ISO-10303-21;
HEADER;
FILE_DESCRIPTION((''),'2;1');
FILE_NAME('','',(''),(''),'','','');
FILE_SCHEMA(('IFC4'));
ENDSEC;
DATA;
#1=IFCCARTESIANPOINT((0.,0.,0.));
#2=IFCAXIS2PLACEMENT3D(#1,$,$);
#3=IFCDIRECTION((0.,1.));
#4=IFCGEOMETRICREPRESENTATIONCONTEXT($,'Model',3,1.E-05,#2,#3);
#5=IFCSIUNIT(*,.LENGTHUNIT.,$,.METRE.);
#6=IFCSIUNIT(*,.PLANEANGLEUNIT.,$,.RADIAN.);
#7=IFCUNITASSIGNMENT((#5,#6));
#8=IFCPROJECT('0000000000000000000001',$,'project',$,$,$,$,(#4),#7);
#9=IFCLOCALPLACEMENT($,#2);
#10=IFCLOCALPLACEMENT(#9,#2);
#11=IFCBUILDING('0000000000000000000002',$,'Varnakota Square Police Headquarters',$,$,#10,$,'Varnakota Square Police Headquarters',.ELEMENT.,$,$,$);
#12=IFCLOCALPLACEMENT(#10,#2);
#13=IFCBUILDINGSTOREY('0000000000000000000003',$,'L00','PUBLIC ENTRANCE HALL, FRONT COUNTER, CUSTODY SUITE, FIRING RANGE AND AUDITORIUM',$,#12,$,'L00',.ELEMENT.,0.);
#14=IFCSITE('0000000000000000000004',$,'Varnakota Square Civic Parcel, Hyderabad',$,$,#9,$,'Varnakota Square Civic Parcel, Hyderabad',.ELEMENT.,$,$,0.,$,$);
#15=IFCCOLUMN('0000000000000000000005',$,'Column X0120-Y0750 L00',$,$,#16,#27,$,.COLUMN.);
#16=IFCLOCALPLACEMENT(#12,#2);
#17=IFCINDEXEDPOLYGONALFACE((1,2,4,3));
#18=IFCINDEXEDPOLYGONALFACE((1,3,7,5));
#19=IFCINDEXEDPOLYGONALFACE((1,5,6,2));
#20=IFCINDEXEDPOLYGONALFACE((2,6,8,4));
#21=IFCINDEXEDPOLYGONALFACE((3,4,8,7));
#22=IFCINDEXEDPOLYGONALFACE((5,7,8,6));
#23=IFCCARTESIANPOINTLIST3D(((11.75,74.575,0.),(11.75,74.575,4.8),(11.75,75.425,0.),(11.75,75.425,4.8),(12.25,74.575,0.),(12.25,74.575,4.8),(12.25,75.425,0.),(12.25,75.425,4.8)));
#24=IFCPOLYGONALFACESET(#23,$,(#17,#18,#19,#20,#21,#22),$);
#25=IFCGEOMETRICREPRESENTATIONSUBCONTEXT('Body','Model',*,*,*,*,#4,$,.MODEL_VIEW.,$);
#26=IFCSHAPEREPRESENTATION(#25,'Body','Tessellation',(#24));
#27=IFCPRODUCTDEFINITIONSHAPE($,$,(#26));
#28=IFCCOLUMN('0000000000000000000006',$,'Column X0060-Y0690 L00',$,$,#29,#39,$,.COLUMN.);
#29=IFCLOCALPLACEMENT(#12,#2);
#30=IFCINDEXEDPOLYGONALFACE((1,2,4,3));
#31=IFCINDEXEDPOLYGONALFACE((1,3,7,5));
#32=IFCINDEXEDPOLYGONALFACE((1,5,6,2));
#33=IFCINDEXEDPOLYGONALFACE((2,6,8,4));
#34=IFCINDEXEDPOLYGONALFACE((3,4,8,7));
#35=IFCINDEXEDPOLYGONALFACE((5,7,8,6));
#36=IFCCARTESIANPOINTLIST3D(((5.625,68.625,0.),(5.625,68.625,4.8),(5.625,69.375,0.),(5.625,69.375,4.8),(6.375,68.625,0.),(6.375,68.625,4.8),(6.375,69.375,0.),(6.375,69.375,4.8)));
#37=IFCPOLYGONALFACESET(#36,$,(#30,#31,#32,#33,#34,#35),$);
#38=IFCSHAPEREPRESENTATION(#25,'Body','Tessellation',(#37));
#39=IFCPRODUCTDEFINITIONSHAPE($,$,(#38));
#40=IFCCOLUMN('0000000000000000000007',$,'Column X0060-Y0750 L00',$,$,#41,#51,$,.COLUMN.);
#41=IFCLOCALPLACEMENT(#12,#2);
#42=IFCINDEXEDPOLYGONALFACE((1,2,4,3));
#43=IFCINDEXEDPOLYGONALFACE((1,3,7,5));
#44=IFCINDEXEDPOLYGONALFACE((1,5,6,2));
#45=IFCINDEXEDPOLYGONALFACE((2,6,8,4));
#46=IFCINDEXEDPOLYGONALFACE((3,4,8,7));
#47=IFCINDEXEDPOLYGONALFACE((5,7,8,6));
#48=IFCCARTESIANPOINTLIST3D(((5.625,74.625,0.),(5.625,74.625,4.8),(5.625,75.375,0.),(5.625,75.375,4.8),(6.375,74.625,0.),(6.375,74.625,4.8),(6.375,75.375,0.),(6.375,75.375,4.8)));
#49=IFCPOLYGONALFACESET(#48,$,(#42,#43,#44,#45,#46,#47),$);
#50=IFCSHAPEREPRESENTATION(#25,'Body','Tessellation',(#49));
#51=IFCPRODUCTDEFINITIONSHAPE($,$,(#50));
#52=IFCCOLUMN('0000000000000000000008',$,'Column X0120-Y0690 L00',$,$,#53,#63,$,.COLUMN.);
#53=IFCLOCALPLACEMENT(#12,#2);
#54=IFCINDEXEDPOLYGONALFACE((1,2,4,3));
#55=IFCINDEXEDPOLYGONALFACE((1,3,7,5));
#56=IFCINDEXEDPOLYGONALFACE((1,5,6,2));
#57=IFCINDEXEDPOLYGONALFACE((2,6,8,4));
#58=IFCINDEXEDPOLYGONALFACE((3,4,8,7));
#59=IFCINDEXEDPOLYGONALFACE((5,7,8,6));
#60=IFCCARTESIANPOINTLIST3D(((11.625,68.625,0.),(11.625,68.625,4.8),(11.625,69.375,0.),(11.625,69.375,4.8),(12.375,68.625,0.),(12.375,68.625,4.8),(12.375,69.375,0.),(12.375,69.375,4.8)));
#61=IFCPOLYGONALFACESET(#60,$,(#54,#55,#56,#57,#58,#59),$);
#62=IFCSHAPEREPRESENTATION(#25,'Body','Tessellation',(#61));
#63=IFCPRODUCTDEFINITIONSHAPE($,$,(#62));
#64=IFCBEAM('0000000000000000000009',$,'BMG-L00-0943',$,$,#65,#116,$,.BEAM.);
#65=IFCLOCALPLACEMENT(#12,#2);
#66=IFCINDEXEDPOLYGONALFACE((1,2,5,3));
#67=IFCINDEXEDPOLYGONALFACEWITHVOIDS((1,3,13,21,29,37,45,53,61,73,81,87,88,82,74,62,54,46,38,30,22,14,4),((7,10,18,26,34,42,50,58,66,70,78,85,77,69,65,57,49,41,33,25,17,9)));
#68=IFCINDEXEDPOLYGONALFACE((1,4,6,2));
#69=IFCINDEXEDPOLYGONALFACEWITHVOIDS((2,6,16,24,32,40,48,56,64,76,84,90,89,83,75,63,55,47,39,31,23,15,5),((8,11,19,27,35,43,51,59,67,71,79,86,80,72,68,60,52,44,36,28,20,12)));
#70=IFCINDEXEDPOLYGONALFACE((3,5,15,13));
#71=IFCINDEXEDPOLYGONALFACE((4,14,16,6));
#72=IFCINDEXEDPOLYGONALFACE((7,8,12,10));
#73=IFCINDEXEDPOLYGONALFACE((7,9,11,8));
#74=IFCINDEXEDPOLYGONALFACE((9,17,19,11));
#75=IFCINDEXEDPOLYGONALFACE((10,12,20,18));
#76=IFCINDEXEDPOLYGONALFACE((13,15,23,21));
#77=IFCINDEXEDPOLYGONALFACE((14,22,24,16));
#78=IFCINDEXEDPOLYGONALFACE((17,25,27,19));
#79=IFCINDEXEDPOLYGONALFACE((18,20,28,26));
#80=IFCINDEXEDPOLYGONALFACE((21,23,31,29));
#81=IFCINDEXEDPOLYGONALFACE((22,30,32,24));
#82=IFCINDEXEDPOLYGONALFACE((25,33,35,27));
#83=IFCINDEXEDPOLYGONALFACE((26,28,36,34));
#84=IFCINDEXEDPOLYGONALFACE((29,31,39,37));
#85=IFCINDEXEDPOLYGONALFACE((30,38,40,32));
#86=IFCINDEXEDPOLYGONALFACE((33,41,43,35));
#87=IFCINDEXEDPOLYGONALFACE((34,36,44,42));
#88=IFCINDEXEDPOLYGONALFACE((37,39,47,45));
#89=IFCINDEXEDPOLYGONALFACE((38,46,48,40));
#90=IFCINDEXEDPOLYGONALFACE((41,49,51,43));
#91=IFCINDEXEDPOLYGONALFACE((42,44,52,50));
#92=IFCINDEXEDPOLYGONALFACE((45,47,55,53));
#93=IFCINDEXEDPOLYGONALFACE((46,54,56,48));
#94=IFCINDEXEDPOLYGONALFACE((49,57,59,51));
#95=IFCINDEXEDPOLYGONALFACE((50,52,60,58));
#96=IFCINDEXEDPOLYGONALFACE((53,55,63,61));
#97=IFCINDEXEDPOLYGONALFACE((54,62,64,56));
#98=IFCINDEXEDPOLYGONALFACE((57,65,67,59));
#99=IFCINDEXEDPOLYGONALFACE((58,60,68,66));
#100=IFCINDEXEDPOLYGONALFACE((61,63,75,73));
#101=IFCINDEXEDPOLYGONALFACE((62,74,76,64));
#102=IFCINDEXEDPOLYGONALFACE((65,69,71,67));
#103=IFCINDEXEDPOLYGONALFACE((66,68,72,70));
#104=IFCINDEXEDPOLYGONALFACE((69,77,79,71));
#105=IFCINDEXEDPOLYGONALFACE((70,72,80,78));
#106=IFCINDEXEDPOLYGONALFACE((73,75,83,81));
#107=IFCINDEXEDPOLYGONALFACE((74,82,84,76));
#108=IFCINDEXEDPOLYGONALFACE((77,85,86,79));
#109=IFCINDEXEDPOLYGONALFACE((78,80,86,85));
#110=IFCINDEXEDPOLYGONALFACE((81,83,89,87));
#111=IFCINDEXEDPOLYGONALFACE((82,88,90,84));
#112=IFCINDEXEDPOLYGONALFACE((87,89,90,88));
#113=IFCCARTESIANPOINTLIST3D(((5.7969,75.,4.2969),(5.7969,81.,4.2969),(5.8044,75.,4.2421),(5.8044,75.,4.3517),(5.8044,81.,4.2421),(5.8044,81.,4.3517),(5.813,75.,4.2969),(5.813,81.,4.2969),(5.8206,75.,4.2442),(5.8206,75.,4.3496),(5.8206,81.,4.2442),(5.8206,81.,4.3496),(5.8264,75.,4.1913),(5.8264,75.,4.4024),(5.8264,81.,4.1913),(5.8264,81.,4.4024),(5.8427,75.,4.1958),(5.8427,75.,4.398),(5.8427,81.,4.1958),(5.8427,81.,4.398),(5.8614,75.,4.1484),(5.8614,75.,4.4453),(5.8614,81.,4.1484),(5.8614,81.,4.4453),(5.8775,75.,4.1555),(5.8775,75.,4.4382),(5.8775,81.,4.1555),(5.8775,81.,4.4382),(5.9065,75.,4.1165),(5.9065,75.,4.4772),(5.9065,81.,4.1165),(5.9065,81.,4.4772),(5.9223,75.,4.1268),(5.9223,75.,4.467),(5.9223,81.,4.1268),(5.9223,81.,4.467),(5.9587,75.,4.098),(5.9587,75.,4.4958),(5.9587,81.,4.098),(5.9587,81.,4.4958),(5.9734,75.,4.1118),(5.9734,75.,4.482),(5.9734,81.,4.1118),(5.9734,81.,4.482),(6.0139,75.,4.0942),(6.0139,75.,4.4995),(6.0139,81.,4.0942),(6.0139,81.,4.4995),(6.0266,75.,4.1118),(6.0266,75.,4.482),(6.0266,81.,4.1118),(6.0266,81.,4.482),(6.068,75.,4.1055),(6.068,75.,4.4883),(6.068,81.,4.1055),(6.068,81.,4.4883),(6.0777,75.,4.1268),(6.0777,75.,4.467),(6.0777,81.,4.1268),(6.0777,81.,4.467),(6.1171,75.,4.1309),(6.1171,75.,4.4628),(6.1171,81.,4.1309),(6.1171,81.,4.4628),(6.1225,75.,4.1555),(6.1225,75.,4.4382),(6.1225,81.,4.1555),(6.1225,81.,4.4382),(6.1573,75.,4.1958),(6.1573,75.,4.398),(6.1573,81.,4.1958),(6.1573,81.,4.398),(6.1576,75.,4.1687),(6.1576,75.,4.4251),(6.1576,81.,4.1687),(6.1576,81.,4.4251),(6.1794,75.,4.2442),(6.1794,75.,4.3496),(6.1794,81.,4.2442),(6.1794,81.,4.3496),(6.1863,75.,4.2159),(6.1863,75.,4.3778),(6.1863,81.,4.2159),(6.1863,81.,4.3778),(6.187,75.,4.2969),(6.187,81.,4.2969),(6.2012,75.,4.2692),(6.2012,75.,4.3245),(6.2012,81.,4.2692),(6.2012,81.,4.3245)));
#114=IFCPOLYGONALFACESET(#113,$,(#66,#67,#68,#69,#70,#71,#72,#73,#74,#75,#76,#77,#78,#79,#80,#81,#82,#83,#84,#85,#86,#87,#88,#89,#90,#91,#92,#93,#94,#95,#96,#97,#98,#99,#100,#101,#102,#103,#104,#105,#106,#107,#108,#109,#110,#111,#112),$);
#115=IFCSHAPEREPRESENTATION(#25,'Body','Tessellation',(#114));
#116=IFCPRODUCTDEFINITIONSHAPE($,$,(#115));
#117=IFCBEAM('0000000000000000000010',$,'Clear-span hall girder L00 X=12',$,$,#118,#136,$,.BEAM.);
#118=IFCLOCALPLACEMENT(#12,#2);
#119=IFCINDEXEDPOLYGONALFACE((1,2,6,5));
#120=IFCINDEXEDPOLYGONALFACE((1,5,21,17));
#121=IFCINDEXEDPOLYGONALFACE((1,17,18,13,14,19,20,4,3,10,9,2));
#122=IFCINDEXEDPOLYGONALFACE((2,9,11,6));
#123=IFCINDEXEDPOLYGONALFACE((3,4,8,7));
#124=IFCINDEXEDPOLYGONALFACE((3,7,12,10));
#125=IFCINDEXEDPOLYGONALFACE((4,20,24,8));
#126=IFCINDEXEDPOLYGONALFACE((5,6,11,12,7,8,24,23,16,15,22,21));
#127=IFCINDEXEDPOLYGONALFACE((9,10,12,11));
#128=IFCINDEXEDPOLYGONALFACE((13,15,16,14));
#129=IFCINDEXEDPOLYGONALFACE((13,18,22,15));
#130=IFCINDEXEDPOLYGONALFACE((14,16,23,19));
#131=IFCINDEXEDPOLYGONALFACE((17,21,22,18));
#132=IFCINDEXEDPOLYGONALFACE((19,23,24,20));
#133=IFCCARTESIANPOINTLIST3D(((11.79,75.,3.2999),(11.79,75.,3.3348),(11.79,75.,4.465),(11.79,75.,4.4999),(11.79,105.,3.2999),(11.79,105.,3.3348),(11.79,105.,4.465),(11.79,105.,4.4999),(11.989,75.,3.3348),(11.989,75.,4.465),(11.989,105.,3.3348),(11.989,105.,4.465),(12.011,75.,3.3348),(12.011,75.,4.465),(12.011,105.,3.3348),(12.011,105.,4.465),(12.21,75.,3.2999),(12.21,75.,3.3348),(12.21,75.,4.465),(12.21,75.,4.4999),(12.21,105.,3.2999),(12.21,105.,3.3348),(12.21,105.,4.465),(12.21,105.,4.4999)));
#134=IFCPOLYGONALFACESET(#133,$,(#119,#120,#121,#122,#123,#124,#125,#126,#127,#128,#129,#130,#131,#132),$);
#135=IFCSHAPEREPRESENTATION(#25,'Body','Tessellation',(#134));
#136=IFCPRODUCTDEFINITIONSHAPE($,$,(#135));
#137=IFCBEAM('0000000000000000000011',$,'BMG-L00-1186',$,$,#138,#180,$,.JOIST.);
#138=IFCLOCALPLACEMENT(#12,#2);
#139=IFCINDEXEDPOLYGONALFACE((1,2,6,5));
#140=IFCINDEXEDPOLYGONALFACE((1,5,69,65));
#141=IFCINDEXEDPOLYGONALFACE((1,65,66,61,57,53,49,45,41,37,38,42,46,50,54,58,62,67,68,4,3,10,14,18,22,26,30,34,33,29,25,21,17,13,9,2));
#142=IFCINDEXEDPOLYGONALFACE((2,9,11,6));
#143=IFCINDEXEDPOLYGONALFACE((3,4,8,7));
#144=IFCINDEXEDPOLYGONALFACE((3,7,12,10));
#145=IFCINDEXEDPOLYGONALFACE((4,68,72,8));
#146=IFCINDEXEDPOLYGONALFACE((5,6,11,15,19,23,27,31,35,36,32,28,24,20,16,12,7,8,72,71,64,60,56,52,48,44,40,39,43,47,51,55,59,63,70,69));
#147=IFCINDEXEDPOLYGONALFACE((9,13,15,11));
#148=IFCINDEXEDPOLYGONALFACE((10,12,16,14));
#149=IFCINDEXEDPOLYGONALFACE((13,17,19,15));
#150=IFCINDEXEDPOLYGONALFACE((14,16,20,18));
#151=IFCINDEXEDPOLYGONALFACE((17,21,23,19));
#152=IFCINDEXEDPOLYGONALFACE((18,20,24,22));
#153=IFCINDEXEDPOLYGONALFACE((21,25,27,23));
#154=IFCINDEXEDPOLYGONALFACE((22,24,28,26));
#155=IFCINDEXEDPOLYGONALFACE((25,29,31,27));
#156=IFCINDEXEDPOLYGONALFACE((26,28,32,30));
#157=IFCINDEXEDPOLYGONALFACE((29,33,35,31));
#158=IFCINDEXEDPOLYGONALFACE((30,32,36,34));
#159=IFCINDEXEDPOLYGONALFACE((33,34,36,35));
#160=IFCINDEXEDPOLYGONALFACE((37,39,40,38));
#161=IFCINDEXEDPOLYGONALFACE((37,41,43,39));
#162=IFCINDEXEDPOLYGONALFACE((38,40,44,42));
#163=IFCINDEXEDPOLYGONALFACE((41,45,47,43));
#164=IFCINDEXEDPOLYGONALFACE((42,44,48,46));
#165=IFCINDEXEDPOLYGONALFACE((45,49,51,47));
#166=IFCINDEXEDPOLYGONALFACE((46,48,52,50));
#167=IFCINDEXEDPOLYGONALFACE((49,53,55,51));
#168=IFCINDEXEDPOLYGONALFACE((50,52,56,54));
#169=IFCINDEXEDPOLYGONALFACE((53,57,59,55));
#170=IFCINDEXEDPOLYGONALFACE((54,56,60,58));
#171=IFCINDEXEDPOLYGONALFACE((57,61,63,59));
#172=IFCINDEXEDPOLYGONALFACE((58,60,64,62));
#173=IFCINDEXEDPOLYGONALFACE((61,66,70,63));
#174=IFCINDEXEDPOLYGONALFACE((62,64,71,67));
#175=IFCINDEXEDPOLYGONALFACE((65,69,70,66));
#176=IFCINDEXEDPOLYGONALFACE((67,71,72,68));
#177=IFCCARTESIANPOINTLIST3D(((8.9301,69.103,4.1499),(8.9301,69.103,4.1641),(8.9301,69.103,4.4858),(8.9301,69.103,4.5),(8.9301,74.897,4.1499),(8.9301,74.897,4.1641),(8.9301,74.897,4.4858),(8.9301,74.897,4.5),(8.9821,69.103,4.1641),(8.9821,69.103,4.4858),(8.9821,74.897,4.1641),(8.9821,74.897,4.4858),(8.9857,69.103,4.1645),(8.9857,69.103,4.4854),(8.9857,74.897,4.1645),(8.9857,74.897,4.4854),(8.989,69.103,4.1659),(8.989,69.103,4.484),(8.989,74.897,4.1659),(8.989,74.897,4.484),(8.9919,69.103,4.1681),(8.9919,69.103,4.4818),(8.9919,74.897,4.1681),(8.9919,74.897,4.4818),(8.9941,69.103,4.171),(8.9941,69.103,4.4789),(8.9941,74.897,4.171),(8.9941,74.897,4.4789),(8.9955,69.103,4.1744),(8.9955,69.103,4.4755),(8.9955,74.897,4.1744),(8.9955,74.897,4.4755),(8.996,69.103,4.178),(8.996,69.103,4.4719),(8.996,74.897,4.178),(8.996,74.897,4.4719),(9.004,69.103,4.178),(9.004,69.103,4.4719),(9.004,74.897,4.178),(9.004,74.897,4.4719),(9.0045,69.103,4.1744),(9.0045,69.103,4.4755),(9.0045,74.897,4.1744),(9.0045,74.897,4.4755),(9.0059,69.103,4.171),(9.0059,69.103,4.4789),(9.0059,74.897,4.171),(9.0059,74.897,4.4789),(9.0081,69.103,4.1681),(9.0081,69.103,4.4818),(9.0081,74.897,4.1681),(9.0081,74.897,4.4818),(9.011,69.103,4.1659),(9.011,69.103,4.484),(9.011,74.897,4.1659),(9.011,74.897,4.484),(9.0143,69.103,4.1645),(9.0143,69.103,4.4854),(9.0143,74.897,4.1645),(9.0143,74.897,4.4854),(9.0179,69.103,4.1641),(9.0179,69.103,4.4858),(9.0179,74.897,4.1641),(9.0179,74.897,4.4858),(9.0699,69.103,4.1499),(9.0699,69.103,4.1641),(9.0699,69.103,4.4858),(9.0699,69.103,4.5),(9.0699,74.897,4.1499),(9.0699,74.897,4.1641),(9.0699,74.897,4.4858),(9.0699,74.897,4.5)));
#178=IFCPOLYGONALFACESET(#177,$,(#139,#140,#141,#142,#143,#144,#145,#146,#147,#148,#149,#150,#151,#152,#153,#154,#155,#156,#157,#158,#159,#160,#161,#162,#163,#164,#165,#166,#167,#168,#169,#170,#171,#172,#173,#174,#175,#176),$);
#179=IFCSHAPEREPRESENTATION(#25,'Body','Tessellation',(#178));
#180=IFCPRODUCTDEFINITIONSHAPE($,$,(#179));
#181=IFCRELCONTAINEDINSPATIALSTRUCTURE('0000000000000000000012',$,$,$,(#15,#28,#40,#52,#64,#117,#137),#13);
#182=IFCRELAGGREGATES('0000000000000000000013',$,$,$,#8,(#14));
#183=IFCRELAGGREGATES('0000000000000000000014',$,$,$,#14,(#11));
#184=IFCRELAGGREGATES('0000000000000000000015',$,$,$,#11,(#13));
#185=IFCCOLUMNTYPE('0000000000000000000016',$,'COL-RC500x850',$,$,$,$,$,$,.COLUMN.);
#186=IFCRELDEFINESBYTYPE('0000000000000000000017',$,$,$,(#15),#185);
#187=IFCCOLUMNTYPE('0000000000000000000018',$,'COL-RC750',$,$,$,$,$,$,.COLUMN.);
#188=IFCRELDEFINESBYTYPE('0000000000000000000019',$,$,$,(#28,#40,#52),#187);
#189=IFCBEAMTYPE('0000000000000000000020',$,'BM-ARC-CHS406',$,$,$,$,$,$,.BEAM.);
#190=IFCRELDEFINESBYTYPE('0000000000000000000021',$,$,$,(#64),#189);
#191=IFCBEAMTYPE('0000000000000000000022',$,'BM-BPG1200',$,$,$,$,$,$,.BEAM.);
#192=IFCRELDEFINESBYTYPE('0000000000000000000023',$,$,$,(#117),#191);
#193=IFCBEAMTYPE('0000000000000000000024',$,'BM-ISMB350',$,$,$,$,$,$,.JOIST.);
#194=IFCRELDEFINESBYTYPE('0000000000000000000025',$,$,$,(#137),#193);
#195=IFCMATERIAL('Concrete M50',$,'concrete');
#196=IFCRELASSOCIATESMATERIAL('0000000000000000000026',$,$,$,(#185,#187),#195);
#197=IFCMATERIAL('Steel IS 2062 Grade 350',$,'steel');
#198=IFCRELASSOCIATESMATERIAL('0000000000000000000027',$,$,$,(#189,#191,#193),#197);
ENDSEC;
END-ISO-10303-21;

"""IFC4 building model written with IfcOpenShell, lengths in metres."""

from ifc_helpers import new_model, si_unit, direction, frame, origin, origin_2d, place, context, subcontext, project, spatial, rectangle, hollow_circle, i_section, extrude, material, material_profile, profile_set, type_object, element, save


model = new_model("IFC4")

# Units and contexts
model_context = context("Model", 3, precision=1e-05, world=origin(), true_north=direction((0.0, 1.0)))
body_context = subcontext(model_context, "Body", "Model", "MODEL_VIEW")
ifc_project = project(units=[si_unit("LENGTHUNIT", "METRE"), si_unit("PLANEANGLEUNIT", "RADIAN")], contexts=[model_context])

# Site, building, storey
site_placement = place(None, origin())
site = spatial("IfcSite", under=ifc_project, at=site_placement, Name="Varnakota Square Civic Parcel, Hyderabad", LongName="Varnakota Square Civic Parcel, Hyderabad", CompositionType="ELEMENT", RefElevation=0.0)
building_placement = place(site_placement, origin())
building = spatial("IfcBuilding", under=site, at=building_placement, Name="Varnakota Square Police Headquarters", LongName="Varnakota Square Police Headquarters", CompositionType="ELEMENT")
storey_placement = place(building_placement, origin())
storey = spatial("IfcBuildingStorey", under=building, at=storey_placement, Name="L00", Description="PUBLIC ENTRANCE HALL, FRONT COUNTER, CUSTODY SUITE, FIRING RANGE AND AUDITORIUM", LongName="L00", CompositionType="ELEMENT", Elevation=0.0)

# Columns
ifc_material_1 = material(Name="Concrete M50", Category="concrete")
ifc_material_profile_1 = material_profile(ifc_material_1, rectangle(XDim=0.5, YDim=0.8501, at=origin_2d()), Name="RC 500x850")
ifc_profile_set_1 = profile_set([ifc_material_profile_1], Name="Concrete M50")
column_type_1 = type_object("IfcColumnType", Name="COL-RC500x850", PredefinedType="COLUMN", material=ifc_profile_set_1)
column_placement = place(storey_placement, frame((12.0, 75.0, 0.0), z_axis=(0.0, 0.0, 1.0), x_axis=(1.0, 0.0, 0.0)))
element("IfcColumn", 1, at=column_placement, inside=storey, type_object=column_type_1, Name="Column X0120-Y0750 L00", PredefinedType="COLUMN", context=body_context, shape_type="SweptSolid", body=[
    extrude(rectangle(XDim=0.5, YDim=0.8501, at=origin_2d()), origin(), (0.0, 0.0, 1.0), 4.8),
])
ifc_material_profile_2 = material_profile(ifc_material_1, rectangle(XDim=0.75, YDim=0.75, at=origin_2d()), Name="RC 750x750")
ifc_profile_set_2 = profile_set([ifc_material_profile_2], Name="Concrete M50")
column_type_2 = type_object("IfcColumnType", Name="COL-RC750", PredefinedType="COLUMN", material=ifc_profile_set_2)
for number, where, z_axis, x_axis, name in (
    (2, (6.0, 69.0, 0.0), (0.0, 0.0, 1.0), (1.0, 0.0, 0.0), "Column X0060-Y0690 L00"),
    (3, (6.0, 75.0, 0.0), (0.0, 0.0, 1.0), (1.0, 0.0, 0.0), "Column X0060-Y0750 L00"),
    (4, (12.0, 69.0, 0.0), (0.0, 0.0, 1.0), (1.0, 0.0, 0.0), "Column X0120-Y0690 L00"),
):
    element("IfcColumn", number, at=place(storey_placement, frame(where, z_axis=z_axis, x_axis=x_axis)), inside=storey, type_object=column_type_2, Name=name, PredefinedType="COLUMN", context=body_context, shape_type="SweptSolid", body=[
        extrude(rectangle(XDim=0.75, YDim=0.75, at=origin_2d()), origin(), (0.0, 0.0, 1.0), 4.8),
    ])

# Beams
ifc_material_2 = material(Name="Steel IS 2062 Grade 350", Category="steel")
ifc_material_profile_3 = material_profile(ifc_material_2, hollow_circle(Radius=0.2031, WallThickness=0.0161, at=origin_2d()), Name="CHS 406.4x16.0")
ifc_profile_set_3 = profile_set([ifc_material_profile_3], Name="Steel IS 2062 Grade 350")
beam_type_1 = type_object("IfcBeamType", Name="BM-ARC-CHS406", PredefinedType="BEAM", material=ifc_profile_set_3)
beam_1_placement = place(storey_placement, frame((6.0, 75.0, 4.2969), z_axis=(0.0, 1.0, 0.0), x_axis=(-1.0, 0.0, 0.0)))
element("IfcBeam", 5, at=beam_1_placement, inside=storey, type_object=beam_type_1, Name="BMG-L00-0943", PredefinedType="BEAM", context=body_context, shape_type="SweptSolid", body=[
    extrude(hollow_circle(Radius=0.2031, WallThickness=0.0161, at=origin_2d()), origin(), (0.0, 0.0, 1.0), 6.0),
])
ifc_material_profile_4 = material_profile(ifc_material_2, i_section(OverallWidth=0.4199, OverallDepth=1.2, WebThickness=0.022, FlangeThickness=0.0349, at=origin_2d()), Name="BPG 1200x420")
ifc_profile_set_4 = profile_set([ifc_material_profile_4], Name="Steel IS 2062 Grade 350")
beam_type_2 = type_object("IfcBeamType", Name="BM-BPG1200", PredefinedType="BEAM", material=ifc_profile_set_4)
beam_2_placement = place(storey_placement, frame((12.0, 75.0, 3.8999), z_axis=(0.0, 1.0, 0.0), x_axis=(-1.0, 0.0, 0.0)))
element("IfcBeam", 6, at=beam_2_placement, inside=storey, type_object=beam_type_2, Name="Clear-span hall girder L00 X=12", PredefinedType="BEAM", context=body_context, shape_type="SweptSolid", body=[
    extrude(i_section(OverallWidth=0.4199, OverallDepth=1.2, WebThickness=0.022, FlangeThickness=0.0349, at=origin_2d()), origin(), (0.0, 0.0, 1.0), 30.0),
])
ifc_material_profile_5 = material_profile(ifc_material_2, i_section(OverallWidth=0.1399, OverallDepth=0.3501, WebThickness=0.0081, FlangeThickness=0.0142, FilletRadius=0.0139, at=origin_2d()), Name="ISMB 350")
ifc_profile_set_5 = profile_set([ifc_material_profile_5], Name="Steel IS 2062 Grade 350")
beam_type_3 = type_object("IfcBeamType", Name="BM-ISMB350", PredefinedType="JOIST", material=ifc_profile_set_5)
beam_3_placement = place(storey_placement, frame((9.0, 69.103, 4.325), z_axis=(0.0, 1.0, 0.0), x_axis=(-1.0, 0.0, 0.0)))
element("IfcBeam", 7, at=beam_3_placement, inside=storey, type_object=beam_type_3, Name="BMG-L00-1186", PredefinedType="JOIST", context=body_context, shape_type="SweptSolid", body=[
    extrude(i_section(OverallWidth=0.1399, OverallDepth=0.3501, WebThickness=0.0081, FlangeThickness=0.0142, FilletRadius=0.0139, at=origin_2d()), origin(), (0.0, 0.0, 1.0), 5.7939),
])

save(model, "model.ifc")
